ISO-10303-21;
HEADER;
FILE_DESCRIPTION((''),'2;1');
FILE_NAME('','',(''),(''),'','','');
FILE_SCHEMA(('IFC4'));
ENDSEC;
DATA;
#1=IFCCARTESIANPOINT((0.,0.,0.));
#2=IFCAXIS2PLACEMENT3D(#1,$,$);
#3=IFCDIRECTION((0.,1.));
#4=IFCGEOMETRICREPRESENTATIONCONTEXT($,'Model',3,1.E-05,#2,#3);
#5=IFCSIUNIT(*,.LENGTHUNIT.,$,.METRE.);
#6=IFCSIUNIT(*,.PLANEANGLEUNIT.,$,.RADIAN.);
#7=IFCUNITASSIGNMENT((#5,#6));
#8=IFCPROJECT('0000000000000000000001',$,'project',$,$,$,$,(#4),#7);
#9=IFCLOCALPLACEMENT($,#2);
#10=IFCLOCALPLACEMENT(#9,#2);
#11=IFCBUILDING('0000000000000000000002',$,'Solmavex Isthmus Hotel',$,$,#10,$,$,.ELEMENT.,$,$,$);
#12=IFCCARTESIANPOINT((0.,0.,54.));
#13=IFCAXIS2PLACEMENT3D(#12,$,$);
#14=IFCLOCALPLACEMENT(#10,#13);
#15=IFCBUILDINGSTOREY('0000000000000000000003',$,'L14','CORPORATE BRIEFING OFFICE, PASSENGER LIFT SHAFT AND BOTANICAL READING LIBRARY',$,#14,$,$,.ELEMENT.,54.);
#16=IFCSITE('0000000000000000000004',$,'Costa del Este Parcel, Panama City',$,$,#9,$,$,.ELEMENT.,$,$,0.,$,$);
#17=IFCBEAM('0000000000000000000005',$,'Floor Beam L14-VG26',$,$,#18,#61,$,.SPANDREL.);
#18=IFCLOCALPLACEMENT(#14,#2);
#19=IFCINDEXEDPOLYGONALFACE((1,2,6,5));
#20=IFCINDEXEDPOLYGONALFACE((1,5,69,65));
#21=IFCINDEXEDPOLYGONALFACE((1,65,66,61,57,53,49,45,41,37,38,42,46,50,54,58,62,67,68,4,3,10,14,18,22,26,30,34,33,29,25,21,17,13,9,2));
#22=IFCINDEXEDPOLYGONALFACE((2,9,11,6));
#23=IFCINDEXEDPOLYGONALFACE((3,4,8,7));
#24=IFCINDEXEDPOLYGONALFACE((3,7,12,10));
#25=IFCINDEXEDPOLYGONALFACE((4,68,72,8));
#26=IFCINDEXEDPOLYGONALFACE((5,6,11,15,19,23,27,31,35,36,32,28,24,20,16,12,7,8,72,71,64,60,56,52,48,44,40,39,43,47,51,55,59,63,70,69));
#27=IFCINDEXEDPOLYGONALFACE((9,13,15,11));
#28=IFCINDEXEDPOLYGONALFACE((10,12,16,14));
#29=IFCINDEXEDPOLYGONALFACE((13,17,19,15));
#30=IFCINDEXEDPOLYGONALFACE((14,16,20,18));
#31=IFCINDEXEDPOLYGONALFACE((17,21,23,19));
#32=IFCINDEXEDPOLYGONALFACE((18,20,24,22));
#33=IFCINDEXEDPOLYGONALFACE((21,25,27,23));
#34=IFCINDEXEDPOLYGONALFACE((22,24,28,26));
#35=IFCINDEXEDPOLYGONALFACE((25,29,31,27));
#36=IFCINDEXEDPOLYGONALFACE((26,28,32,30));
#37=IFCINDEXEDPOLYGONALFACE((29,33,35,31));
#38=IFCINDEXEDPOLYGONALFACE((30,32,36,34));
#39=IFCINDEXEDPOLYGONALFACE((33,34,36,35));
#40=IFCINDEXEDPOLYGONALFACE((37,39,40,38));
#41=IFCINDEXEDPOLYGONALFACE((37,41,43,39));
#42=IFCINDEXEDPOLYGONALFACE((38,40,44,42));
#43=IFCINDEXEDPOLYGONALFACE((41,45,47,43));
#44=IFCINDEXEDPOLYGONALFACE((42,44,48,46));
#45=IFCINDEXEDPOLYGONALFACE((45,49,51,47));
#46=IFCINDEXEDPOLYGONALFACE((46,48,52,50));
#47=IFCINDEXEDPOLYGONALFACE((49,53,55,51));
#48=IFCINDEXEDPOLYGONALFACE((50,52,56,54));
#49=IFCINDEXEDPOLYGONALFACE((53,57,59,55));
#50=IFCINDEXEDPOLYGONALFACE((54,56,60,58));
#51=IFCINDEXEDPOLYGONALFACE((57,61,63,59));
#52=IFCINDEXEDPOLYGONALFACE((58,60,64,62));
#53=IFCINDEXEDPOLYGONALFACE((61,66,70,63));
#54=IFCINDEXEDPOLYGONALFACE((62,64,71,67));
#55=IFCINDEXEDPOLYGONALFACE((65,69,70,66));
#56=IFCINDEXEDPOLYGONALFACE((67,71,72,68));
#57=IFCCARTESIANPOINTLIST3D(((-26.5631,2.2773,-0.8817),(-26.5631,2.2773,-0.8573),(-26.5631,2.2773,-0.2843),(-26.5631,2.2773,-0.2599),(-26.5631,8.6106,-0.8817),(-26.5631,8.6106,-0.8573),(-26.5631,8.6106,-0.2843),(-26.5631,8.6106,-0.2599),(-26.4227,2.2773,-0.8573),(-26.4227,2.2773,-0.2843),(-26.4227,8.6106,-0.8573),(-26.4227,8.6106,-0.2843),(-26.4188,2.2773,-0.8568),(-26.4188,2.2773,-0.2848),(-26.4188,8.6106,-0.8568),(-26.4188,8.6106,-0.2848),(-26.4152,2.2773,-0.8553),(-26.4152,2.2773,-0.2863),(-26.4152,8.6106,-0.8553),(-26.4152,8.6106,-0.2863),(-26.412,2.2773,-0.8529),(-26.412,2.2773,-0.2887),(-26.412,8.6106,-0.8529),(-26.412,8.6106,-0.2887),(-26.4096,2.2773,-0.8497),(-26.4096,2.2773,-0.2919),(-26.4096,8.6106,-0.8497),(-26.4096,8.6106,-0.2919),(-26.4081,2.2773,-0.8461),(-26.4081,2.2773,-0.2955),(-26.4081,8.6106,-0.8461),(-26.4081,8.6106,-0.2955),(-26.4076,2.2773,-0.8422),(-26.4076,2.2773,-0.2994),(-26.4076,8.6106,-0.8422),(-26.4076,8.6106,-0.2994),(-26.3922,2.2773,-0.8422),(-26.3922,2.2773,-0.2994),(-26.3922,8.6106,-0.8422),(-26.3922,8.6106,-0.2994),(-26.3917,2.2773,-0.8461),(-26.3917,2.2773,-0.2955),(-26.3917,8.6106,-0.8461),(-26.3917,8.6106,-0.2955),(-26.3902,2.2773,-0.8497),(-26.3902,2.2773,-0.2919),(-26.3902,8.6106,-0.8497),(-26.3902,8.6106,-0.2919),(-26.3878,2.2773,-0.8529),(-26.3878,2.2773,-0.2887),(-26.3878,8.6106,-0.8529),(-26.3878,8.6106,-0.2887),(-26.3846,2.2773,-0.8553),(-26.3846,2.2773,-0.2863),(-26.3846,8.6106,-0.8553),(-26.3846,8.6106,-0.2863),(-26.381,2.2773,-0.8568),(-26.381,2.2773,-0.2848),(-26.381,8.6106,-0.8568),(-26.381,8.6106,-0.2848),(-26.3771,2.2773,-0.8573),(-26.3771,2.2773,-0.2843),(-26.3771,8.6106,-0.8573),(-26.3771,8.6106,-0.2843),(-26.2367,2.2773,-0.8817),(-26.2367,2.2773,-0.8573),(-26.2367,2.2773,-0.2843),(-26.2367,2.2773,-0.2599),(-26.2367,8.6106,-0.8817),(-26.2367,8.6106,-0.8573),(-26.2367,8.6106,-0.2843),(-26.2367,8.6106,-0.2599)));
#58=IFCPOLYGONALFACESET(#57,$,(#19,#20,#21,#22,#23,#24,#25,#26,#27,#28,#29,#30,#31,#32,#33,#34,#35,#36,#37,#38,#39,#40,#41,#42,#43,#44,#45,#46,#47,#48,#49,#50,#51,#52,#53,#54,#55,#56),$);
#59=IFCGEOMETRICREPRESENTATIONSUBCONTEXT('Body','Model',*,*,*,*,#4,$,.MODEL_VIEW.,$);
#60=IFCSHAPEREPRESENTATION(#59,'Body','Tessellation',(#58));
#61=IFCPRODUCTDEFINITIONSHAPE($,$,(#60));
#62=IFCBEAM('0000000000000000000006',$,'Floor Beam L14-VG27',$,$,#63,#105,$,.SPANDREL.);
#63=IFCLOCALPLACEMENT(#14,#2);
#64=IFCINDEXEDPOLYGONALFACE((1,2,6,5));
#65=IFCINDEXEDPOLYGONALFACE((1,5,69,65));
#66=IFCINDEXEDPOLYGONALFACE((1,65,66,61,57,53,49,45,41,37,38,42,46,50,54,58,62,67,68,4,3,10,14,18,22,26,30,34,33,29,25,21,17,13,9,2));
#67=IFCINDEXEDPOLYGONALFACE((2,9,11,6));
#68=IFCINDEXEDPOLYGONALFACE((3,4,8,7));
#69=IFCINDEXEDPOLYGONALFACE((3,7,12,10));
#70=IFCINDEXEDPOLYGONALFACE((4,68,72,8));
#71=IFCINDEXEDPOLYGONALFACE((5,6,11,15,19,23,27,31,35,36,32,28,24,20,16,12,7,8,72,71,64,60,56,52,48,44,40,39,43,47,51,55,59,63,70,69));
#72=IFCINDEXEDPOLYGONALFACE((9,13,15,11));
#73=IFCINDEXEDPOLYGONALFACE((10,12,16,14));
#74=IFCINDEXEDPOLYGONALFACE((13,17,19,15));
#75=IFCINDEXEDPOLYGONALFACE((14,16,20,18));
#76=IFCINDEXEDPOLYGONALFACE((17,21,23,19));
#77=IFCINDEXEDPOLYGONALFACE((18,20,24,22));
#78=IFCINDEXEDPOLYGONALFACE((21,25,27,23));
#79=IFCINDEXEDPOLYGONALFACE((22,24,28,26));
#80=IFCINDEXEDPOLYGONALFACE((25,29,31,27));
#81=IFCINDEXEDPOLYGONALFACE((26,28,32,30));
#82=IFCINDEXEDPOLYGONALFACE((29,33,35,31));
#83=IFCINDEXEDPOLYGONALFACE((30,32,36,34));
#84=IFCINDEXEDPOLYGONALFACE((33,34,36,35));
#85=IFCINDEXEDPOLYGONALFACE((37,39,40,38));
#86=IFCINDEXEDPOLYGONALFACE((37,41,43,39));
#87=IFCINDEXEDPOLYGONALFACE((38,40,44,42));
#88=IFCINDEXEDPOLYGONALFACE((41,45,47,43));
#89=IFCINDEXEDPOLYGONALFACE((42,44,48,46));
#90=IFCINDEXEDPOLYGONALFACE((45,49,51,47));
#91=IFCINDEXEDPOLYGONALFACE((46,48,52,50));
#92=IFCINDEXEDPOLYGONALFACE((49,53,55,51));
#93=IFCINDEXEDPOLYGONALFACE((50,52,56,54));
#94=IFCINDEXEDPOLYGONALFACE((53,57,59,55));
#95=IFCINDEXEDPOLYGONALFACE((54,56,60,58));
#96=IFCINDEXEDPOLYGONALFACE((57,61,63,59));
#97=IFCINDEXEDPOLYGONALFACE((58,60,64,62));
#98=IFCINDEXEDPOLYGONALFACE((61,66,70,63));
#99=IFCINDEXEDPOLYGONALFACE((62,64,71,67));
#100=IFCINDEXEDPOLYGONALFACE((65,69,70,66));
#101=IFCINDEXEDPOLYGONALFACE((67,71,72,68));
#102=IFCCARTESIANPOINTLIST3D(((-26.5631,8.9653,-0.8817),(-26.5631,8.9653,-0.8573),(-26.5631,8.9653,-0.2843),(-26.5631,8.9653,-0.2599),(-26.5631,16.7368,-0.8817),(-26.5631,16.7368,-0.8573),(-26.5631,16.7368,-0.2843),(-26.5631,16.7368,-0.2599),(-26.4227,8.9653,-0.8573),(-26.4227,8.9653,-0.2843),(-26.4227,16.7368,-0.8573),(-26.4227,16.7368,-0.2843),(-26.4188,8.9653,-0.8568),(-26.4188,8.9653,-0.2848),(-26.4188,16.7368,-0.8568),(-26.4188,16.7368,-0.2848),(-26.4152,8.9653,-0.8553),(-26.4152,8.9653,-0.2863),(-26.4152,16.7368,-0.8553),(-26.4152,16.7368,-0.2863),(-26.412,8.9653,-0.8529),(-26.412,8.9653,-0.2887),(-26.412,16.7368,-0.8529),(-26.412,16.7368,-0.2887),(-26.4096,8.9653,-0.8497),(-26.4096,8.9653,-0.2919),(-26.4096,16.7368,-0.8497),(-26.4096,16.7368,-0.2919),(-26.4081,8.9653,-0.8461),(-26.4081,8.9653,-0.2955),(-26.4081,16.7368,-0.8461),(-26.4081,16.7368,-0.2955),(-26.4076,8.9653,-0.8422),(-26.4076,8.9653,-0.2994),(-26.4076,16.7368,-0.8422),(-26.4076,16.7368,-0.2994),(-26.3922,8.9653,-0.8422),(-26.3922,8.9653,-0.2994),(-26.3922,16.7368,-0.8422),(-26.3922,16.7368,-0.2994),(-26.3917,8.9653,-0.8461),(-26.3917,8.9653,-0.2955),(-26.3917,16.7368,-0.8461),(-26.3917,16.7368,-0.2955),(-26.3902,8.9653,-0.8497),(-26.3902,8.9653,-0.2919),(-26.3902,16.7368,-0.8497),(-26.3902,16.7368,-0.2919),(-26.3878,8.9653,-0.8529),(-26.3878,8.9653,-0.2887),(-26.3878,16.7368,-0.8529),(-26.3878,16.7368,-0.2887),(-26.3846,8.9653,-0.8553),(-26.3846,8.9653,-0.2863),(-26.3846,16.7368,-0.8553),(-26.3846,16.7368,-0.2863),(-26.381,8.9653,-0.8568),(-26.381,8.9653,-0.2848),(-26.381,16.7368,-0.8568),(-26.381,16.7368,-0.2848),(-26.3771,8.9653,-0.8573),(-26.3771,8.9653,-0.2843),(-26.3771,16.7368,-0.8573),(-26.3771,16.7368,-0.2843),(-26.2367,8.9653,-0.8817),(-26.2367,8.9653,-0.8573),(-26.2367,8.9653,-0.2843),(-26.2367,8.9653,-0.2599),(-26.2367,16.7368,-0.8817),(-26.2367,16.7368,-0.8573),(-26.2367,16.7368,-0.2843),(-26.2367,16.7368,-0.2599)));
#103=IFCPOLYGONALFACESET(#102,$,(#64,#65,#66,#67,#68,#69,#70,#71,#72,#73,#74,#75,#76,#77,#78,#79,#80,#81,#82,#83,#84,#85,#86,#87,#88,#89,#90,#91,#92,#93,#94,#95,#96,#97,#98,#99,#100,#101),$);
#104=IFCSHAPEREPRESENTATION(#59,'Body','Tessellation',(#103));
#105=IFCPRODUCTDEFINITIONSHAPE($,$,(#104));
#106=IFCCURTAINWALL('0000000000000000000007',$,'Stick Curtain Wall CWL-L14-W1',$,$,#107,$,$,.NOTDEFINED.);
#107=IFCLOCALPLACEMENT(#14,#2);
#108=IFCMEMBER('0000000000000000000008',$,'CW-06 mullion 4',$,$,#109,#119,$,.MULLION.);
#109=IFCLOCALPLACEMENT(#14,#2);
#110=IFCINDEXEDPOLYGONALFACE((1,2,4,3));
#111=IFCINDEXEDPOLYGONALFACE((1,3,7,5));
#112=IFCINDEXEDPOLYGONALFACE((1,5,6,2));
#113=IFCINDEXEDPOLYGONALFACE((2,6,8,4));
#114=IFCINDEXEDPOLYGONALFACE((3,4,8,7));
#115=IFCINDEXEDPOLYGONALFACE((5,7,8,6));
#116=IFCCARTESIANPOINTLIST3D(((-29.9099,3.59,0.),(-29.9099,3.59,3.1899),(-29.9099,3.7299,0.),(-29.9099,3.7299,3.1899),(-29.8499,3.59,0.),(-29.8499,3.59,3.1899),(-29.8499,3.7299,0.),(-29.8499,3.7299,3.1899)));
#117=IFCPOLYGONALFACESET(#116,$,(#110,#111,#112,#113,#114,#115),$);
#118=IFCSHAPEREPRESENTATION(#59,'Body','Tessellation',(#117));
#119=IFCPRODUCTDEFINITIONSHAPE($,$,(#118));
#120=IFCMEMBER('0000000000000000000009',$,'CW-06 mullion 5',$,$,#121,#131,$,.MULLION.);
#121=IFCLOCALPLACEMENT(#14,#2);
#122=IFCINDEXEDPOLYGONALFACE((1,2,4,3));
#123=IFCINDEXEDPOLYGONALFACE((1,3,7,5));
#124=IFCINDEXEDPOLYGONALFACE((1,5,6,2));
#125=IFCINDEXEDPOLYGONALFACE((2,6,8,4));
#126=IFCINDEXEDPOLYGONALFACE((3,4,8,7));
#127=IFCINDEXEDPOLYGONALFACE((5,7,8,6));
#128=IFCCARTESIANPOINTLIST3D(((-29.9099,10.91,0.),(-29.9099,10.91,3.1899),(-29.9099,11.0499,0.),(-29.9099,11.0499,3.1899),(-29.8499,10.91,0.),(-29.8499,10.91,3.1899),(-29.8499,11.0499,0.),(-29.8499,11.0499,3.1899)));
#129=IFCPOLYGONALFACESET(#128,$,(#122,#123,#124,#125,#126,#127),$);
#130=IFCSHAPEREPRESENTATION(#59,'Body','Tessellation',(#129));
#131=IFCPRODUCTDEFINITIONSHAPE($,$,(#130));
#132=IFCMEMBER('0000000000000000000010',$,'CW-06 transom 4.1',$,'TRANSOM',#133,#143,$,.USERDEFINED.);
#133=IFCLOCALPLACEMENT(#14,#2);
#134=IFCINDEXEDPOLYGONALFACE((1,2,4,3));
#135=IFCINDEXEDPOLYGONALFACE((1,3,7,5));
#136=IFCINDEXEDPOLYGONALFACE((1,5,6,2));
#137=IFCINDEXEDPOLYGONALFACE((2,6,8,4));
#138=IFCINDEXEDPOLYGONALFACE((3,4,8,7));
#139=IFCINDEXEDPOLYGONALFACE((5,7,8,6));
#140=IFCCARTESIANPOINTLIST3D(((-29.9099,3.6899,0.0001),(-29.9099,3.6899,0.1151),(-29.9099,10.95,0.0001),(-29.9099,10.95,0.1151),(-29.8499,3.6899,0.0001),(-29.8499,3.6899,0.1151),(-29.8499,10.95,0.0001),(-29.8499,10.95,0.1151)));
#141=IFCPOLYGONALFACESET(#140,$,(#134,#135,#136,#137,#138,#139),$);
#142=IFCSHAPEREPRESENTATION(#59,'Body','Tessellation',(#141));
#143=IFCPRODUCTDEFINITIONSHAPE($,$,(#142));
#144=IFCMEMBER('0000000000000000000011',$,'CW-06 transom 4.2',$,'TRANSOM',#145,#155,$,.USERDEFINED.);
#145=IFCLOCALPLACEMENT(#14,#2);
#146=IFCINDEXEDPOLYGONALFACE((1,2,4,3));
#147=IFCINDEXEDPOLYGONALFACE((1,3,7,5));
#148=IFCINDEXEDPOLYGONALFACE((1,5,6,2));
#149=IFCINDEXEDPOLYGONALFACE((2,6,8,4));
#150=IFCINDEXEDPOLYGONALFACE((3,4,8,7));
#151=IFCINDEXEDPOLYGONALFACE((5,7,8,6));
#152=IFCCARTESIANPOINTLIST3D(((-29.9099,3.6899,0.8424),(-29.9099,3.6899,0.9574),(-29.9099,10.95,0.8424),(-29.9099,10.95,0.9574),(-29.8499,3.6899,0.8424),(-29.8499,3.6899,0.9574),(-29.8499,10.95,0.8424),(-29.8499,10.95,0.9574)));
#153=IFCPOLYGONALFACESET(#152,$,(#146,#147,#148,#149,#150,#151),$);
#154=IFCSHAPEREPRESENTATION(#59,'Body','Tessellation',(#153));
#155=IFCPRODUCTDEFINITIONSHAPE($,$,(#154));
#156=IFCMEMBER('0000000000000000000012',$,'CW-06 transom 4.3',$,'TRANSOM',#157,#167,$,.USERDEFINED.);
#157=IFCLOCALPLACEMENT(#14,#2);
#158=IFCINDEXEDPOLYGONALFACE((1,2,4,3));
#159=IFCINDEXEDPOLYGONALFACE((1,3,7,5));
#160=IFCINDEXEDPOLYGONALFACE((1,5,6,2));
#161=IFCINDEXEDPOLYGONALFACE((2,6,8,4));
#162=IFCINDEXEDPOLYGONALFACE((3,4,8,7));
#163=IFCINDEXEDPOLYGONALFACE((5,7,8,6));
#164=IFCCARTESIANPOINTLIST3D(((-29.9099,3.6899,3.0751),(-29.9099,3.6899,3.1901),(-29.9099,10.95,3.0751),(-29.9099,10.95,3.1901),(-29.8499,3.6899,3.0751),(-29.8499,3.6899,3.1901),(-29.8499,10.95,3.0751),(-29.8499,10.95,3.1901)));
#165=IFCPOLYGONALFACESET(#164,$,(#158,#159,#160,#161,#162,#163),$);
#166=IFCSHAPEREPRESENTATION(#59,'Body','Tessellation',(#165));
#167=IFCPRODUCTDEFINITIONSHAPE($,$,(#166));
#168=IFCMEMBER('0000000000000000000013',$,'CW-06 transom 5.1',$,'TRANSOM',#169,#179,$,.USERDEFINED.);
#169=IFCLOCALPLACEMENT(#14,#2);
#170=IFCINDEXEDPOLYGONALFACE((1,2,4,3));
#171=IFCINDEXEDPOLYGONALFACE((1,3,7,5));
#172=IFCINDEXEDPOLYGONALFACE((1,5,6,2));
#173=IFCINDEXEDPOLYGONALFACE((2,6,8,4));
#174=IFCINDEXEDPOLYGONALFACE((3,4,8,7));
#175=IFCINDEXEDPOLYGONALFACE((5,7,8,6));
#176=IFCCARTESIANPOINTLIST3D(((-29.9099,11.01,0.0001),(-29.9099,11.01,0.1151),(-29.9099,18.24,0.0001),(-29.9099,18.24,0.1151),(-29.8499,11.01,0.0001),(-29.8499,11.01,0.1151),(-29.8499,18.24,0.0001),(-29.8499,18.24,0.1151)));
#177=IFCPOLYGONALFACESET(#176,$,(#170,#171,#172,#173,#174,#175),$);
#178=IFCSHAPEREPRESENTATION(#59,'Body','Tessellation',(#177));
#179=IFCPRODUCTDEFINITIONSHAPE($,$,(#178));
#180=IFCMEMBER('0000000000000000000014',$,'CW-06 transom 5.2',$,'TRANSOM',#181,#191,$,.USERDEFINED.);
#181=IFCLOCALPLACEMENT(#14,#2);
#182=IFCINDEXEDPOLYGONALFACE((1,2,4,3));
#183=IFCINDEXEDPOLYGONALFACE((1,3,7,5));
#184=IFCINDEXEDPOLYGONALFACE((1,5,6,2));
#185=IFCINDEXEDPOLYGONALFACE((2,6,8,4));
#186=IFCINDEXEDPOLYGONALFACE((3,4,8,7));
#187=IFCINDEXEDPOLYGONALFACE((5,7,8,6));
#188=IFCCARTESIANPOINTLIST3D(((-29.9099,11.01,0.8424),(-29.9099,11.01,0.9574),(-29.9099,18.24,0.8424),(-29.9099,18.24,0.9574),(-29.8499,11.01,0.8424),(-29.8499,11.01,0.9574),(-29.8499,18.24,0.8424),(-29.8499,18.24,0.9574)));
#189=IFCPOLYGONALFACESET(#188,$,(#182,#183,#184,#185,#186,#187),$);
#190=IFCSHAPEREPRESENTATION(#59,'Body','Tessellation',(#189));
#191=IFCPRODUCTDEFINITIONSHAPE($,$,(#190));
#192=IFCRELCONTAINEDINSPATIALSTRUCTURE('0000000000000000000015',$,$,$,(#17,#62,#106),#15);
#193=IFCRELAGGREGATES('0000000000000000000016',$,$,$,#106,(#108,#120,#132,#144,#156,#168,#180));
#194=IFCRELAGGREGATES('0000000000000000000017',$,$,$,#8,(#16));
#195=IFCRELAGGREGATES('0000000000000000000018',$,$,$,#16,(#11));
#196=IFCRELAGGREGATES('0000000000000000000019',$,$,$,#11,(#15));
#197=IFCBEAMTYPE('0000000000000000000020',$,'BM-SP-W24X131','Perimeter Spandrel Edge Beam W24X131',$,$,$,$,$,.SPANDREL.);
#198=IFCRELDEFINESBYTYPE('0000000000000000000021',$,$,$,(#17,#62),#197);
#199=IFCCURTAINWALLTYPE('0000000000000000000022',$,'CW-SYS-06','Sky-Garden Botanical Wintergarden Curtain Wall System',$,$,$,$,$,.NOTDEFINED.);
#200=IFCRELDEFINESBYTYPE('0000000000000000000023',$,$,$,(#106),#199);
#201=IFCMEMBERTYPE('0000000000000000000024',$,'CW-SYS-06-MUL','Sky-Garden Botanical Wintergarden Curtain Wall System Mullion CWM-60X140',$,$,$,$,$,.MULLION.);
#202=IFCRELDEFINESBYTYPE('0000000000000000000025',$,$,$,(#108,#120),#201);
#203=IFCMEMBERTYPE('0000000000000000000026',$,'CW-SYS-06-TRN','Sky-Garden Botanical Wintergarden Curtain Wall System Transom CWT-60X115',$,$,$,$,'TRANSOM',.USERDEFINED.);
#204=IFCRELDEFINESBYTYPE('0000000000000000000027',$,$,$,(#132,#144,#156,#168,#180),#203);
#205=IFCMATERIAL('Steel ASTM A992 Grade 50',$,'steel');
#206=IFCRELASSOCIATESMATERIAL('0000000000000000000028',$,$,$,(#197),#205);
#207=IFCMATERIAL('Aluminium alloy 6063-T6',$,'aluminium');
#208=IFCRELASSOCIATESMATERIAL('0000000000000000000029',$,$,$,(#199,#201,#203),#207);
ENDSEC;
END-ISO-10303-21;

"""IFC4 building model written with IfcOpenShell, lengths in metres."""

from ifc_helpers import new_model, si_unit, direction, frame, origin, origin_2d, place, context, subcontext, project, spatial, rectangle, i_section, extrude, material, material_profile, profile_set, type_object, element, aggregate, save


model = new_model("IFC4")

# Units and contexts
model_context = context("Model", 3, precision=1e-05, world=origin(), true_north=direction((0.0, 1.0)))
body_context = subcontext(model_context, "Body", "Model", "MODEL_VIEW")
ifc_project = project(units=[si_unit("LENGTHUNIT", "METRE"), si_unit("PLANEANGLEUNIT", "RADIAN")], contexts=[model_context])

# Site, building, storey
site_placement = place(None, origin())
site = spatial("IfcSite", under=ifc_project, at=site_placement, Name="Costa del Este Parcel, Panama City", CompositionType="ELEMENT", RefElevation=0.0)
building_placement = place(site_placement, origin())
building = spatial("IfcBuilding", under=site, at=building_placement, Name="Solmavex Isthmus Hotel", CompositionType="ELEMENT")
storey_placement = place(building_placement, frame((0.0, 0.0, 54.0)))
storey = spatial("IfcBuildingStorey", under=building, at=storey_placement, Name="L14", Description="CORPORATE BRIEFING OFFICE, PASSENGER LIFT SHAFT AND BOTANICAL READING LIBRARY", CompositionType="ELEMENT", Elevation=54.0)

# Beams
ifc_material_1 = material(Name="Steel ASTM A992 Grade 50", Category="steel")
ifc_material_profile_1 = material_profile(ifc_material_1, i_section(OverallWidth=0.3264, OverallDepth=0.6218, WebThickness=0.0154, FlangeThickness=0.0244, FilletRadius=0.0151, at=origin_2d()), Name="W24X131")
ifc_profile_set_1 = profile_set([ifc_material_profile_1], Name="Steel ASTM A992 Grade 50")
beam_type_1 = type_object("IfcBeamType", Name="BM-SP-W24X131", Description="Perimeter Spandrel Edge Beam W24X131", PredefinedType="SPANDREL", material=ifc_profile_set_1)
beam_1_placement = place(storey_placement, frame((-26.3999, 2.2773, -0.5708), z_axis=(0.0, 1.0, 0.0), x_axis=(-1.0, 0.0, 0.0)))
element("IfcBeam", 1, at=beam_1_placement, inside=storey, type_object=beam_type_1, Name="Floor Beam L14-VG26", PredefinedType="SPANDREL", context=body_context, shape_type="SweptSolid", body=[
    extrude(i_section(OverallWidth=0.3264, OverallDepth=0.6218, WebThickness=0.0154, FlangeThickness=0.0244, FilletRadius=0.0151, at=origin_2d()), origin(), (0.0, 0.0, 1.0), 6.3333),
])
beam_2_placement = place(storey_placement, frame((-26.3999, 8.9653, -0.5708), z_axis=(0.0, 1.0, 0.0), x_axis=(-1.0, 0.0, 0.0)))
element("IfcBeam", 2, at=beam_2_placement, inside=storey, type_object=beam_type_1, Name="Floor Beam L14-VG27", PredefinedType="SPANDREL", context=body_context, shape_type="SweptSolid", body=[
    extrude(i_section(OverallWidth=0.3264, OverallDepth=0.6218, WebThickness=0.0154, FlangeThickness=0.0244, FilletRadius=0.0151, at=origin_2d()), origin(), (0.0, 0.0, 1.0), 7.7715),
])

# Curtain wall, members
ifc_material_2 = material(Name="Aluminium alloy 6063-T6", Category="aluminium")
curtain_wall_type = type_object("IfcCurtainWallType", Name="CW-SYS-06", Description="Sky-Garden Botanical Wintergarden Curtain Wall System", PredefinedType="NOTDEFINED", material=ifc_material_2)
curtain_wall_placement = place(storey_placement, origin())
curtain_wall = element("IfcCurtainWall", 3, at=curtain_wall_placement, inside=storey, type_object=curtain_wall_type, Name="Stick Curtain Wall CWL-L14-W1", PredefinedType="NOTDEFINED")
ifc_material_profile_2 = material_profile(ifc_material_2, rectangle(XDim=0.0601, YDim=0.1399, at=origin_2d()), Name="CWM-60X140")
ifc_profile_set_2 = profile_set([ifc_material_profile_2], Name="Aluminium alloy 6063-T6")
member_type_1 = type_object("IfcMemberType", Name="CW-SYS-06-MUL", Description="Sky-Garden Botanical Wintergarden Curtain Wall System Mullion CWM-60X140", PredefinedType="MULLION", material=ifc_profile_set_2)
member_1_placement = place(storey_placement, frame((-29.8799, 3.6599, 0.0), z_axis=(0.0, 0.0, 1.0), x_axis=(-1.0, 0.0, 0.0)))
member_1 = element("IfcMember", 4, at=member_1_placement, type_object=member_type_1, Name="CW-06 mullion 4", PredefinedType="MULLION", context=body_context, shape_type="SweptSolid", body=[
    extrude(rectangle(XDim=0.0601, YDim=0.1399, at=origin_2d()), origin(), (0.0, 0.0, 1.0), 3.1899),
])
member_2_placement = place(storey_placement, frame((-29.8799, 10.98, 0.0), z_axis=(0.0, 0.0, 1.0), x_axis=(-1.0, 0.0, 0.0)))
member_2 = element("IfcMember", 5, at=member_2_placement, type_object=member_type_1, Name="CW-06 mullion 5", PredefinedType="MULLION", context=body_context, shape_type="SweptSolid", body=[
    extrude(rectangle(XDim=0.0601, YDim=0.1399, at=origin_2d()), origin(), (0.0, 0.0, 1.0), 3.1899),
])
ifc_material_profile_3 = material_profile(ifc_material_2, rectangle(XDim=0.0601, YDim=0.115, at=origin_2d()), Name="CWT-60X115")
ifc_profile_set_3 = profile_set([ifc_material_profile_3], Name="Aluminium alloy 6063-T6")
member_type_2 = type_object("IfcMemberType", Name="CW-SYS-06-TRN", Description="Sky-Garden Botanical Wintergarden Curtain Wall System Transom CWT-60X115", ElementType="TRANSOM", PredefinedType="USERDEFINED", material=ifc_profile_set_3)
member_3_placement = place(storey_placement, frame((-29.8799, 3.6899, 0.0576), z_axis=(0.0, 1.0, 0.0), x_axis=(-1.0, 0.0, 0.0)))
member_3 = element("IfcMember", 6, at=member_3_placement, type_object=member_type_2, Name="CW-06 transom 4.1", ObjectType="TRANSOM", PredefinedType="USERDEFINED", context=body_context, shape_type="SweptSolid", body=[
    extrude(rectangle(XDim=0.0601, YDim=0.115, at=origin_2d()), origin(), (0.0, 0.0, 1.0), 7.26),
])
member_4_placement = place(storey_placement, frame((-29.8799, 3.6899, 0.8999), z_axis=(0.0, 1.0, 0.0), x_axis=(-1.0, 0.0, 0.0)))
member_4 = element("IfcMember", 7, at=member_4_placement, type_object=member_type_2, Name="CW-06 transom 4.2", ObjectType="TRANSOM", PredefinedType="USERDEFINED", context=body_context, shape_type="SweptSolid", body=[
    extrude(rectangle(XDim=0.0601, YDim=0.115, at=origin_2d()), origin(), (0.0, 0.0, 1.0), 7.26),
])
member_5_placement = place(storey_placement, frame((-29.8799, 3.6899, 3.1326), z_axis=(0.0, 1.0, 0.0), x_axis=(-1.0, 0.0, 0.0)))
member_5 = element("IfcMember", 8, at=member_5_placement, type_object=member_type_2, Name="CW-06 transom 4.3", ObjectType="TRANSOM", PredefinedType="USERDEFINED", context=body_context, shape_type="SweptSolid", body=[
    extrude(rectangle(XDim=0.0601, YDim=0.115, at=origin_2d()), origin(), (0.0, 0.0, 1.0), 7.26),
])
member_6_placement = place(storey_placement, frame((-29.8799, 11.01, 0.0576), z_axis=(0.0, 1.0, 0.0), x_axis=(-1.0, 0.0, 0.0)))
member_6 = element("IfcMember", 9, at=member_6_placement, type_object=member_type_2, Name="CW-06 transom 5.1", ObjectType="TRANSOM", PredefinedType="USERDEFINED", context=body_context, shape_type="SweptSolid", body=[
    extrude(rectangle(XDim=0.0601, YDim=0.115, at=origin_2d()), origin(), (0.0, 0.0, 1.0), 7.23),
])
member_7_placement = place(storey_placement, frame((-29.8799, 11.01, 0.8999), z_axis=(0.0, 1.0, 0.0), x_axis=(-1.0, 0.0, 0.0)))
member_7 = element("IfcMember", 10, at=member_7_placement, type_object=member_type_2, Name="CW-06 transom 5.2", ObjectType="TRANSOM", PredefinedType="USERDEFINED", context=body_context, shape_type="SweptSolid", body=[
    extrude(rectangle(XDim=0.0601, YDim=0.115, at=origin_2d()), origin(), (0.0, 0.0, 1.0), 7.23),
])
aggregate(curtain_wall, [member_1, member_2, member_3, member_4, member_5, member_6, member_7])

save(model, "model.ifc")
